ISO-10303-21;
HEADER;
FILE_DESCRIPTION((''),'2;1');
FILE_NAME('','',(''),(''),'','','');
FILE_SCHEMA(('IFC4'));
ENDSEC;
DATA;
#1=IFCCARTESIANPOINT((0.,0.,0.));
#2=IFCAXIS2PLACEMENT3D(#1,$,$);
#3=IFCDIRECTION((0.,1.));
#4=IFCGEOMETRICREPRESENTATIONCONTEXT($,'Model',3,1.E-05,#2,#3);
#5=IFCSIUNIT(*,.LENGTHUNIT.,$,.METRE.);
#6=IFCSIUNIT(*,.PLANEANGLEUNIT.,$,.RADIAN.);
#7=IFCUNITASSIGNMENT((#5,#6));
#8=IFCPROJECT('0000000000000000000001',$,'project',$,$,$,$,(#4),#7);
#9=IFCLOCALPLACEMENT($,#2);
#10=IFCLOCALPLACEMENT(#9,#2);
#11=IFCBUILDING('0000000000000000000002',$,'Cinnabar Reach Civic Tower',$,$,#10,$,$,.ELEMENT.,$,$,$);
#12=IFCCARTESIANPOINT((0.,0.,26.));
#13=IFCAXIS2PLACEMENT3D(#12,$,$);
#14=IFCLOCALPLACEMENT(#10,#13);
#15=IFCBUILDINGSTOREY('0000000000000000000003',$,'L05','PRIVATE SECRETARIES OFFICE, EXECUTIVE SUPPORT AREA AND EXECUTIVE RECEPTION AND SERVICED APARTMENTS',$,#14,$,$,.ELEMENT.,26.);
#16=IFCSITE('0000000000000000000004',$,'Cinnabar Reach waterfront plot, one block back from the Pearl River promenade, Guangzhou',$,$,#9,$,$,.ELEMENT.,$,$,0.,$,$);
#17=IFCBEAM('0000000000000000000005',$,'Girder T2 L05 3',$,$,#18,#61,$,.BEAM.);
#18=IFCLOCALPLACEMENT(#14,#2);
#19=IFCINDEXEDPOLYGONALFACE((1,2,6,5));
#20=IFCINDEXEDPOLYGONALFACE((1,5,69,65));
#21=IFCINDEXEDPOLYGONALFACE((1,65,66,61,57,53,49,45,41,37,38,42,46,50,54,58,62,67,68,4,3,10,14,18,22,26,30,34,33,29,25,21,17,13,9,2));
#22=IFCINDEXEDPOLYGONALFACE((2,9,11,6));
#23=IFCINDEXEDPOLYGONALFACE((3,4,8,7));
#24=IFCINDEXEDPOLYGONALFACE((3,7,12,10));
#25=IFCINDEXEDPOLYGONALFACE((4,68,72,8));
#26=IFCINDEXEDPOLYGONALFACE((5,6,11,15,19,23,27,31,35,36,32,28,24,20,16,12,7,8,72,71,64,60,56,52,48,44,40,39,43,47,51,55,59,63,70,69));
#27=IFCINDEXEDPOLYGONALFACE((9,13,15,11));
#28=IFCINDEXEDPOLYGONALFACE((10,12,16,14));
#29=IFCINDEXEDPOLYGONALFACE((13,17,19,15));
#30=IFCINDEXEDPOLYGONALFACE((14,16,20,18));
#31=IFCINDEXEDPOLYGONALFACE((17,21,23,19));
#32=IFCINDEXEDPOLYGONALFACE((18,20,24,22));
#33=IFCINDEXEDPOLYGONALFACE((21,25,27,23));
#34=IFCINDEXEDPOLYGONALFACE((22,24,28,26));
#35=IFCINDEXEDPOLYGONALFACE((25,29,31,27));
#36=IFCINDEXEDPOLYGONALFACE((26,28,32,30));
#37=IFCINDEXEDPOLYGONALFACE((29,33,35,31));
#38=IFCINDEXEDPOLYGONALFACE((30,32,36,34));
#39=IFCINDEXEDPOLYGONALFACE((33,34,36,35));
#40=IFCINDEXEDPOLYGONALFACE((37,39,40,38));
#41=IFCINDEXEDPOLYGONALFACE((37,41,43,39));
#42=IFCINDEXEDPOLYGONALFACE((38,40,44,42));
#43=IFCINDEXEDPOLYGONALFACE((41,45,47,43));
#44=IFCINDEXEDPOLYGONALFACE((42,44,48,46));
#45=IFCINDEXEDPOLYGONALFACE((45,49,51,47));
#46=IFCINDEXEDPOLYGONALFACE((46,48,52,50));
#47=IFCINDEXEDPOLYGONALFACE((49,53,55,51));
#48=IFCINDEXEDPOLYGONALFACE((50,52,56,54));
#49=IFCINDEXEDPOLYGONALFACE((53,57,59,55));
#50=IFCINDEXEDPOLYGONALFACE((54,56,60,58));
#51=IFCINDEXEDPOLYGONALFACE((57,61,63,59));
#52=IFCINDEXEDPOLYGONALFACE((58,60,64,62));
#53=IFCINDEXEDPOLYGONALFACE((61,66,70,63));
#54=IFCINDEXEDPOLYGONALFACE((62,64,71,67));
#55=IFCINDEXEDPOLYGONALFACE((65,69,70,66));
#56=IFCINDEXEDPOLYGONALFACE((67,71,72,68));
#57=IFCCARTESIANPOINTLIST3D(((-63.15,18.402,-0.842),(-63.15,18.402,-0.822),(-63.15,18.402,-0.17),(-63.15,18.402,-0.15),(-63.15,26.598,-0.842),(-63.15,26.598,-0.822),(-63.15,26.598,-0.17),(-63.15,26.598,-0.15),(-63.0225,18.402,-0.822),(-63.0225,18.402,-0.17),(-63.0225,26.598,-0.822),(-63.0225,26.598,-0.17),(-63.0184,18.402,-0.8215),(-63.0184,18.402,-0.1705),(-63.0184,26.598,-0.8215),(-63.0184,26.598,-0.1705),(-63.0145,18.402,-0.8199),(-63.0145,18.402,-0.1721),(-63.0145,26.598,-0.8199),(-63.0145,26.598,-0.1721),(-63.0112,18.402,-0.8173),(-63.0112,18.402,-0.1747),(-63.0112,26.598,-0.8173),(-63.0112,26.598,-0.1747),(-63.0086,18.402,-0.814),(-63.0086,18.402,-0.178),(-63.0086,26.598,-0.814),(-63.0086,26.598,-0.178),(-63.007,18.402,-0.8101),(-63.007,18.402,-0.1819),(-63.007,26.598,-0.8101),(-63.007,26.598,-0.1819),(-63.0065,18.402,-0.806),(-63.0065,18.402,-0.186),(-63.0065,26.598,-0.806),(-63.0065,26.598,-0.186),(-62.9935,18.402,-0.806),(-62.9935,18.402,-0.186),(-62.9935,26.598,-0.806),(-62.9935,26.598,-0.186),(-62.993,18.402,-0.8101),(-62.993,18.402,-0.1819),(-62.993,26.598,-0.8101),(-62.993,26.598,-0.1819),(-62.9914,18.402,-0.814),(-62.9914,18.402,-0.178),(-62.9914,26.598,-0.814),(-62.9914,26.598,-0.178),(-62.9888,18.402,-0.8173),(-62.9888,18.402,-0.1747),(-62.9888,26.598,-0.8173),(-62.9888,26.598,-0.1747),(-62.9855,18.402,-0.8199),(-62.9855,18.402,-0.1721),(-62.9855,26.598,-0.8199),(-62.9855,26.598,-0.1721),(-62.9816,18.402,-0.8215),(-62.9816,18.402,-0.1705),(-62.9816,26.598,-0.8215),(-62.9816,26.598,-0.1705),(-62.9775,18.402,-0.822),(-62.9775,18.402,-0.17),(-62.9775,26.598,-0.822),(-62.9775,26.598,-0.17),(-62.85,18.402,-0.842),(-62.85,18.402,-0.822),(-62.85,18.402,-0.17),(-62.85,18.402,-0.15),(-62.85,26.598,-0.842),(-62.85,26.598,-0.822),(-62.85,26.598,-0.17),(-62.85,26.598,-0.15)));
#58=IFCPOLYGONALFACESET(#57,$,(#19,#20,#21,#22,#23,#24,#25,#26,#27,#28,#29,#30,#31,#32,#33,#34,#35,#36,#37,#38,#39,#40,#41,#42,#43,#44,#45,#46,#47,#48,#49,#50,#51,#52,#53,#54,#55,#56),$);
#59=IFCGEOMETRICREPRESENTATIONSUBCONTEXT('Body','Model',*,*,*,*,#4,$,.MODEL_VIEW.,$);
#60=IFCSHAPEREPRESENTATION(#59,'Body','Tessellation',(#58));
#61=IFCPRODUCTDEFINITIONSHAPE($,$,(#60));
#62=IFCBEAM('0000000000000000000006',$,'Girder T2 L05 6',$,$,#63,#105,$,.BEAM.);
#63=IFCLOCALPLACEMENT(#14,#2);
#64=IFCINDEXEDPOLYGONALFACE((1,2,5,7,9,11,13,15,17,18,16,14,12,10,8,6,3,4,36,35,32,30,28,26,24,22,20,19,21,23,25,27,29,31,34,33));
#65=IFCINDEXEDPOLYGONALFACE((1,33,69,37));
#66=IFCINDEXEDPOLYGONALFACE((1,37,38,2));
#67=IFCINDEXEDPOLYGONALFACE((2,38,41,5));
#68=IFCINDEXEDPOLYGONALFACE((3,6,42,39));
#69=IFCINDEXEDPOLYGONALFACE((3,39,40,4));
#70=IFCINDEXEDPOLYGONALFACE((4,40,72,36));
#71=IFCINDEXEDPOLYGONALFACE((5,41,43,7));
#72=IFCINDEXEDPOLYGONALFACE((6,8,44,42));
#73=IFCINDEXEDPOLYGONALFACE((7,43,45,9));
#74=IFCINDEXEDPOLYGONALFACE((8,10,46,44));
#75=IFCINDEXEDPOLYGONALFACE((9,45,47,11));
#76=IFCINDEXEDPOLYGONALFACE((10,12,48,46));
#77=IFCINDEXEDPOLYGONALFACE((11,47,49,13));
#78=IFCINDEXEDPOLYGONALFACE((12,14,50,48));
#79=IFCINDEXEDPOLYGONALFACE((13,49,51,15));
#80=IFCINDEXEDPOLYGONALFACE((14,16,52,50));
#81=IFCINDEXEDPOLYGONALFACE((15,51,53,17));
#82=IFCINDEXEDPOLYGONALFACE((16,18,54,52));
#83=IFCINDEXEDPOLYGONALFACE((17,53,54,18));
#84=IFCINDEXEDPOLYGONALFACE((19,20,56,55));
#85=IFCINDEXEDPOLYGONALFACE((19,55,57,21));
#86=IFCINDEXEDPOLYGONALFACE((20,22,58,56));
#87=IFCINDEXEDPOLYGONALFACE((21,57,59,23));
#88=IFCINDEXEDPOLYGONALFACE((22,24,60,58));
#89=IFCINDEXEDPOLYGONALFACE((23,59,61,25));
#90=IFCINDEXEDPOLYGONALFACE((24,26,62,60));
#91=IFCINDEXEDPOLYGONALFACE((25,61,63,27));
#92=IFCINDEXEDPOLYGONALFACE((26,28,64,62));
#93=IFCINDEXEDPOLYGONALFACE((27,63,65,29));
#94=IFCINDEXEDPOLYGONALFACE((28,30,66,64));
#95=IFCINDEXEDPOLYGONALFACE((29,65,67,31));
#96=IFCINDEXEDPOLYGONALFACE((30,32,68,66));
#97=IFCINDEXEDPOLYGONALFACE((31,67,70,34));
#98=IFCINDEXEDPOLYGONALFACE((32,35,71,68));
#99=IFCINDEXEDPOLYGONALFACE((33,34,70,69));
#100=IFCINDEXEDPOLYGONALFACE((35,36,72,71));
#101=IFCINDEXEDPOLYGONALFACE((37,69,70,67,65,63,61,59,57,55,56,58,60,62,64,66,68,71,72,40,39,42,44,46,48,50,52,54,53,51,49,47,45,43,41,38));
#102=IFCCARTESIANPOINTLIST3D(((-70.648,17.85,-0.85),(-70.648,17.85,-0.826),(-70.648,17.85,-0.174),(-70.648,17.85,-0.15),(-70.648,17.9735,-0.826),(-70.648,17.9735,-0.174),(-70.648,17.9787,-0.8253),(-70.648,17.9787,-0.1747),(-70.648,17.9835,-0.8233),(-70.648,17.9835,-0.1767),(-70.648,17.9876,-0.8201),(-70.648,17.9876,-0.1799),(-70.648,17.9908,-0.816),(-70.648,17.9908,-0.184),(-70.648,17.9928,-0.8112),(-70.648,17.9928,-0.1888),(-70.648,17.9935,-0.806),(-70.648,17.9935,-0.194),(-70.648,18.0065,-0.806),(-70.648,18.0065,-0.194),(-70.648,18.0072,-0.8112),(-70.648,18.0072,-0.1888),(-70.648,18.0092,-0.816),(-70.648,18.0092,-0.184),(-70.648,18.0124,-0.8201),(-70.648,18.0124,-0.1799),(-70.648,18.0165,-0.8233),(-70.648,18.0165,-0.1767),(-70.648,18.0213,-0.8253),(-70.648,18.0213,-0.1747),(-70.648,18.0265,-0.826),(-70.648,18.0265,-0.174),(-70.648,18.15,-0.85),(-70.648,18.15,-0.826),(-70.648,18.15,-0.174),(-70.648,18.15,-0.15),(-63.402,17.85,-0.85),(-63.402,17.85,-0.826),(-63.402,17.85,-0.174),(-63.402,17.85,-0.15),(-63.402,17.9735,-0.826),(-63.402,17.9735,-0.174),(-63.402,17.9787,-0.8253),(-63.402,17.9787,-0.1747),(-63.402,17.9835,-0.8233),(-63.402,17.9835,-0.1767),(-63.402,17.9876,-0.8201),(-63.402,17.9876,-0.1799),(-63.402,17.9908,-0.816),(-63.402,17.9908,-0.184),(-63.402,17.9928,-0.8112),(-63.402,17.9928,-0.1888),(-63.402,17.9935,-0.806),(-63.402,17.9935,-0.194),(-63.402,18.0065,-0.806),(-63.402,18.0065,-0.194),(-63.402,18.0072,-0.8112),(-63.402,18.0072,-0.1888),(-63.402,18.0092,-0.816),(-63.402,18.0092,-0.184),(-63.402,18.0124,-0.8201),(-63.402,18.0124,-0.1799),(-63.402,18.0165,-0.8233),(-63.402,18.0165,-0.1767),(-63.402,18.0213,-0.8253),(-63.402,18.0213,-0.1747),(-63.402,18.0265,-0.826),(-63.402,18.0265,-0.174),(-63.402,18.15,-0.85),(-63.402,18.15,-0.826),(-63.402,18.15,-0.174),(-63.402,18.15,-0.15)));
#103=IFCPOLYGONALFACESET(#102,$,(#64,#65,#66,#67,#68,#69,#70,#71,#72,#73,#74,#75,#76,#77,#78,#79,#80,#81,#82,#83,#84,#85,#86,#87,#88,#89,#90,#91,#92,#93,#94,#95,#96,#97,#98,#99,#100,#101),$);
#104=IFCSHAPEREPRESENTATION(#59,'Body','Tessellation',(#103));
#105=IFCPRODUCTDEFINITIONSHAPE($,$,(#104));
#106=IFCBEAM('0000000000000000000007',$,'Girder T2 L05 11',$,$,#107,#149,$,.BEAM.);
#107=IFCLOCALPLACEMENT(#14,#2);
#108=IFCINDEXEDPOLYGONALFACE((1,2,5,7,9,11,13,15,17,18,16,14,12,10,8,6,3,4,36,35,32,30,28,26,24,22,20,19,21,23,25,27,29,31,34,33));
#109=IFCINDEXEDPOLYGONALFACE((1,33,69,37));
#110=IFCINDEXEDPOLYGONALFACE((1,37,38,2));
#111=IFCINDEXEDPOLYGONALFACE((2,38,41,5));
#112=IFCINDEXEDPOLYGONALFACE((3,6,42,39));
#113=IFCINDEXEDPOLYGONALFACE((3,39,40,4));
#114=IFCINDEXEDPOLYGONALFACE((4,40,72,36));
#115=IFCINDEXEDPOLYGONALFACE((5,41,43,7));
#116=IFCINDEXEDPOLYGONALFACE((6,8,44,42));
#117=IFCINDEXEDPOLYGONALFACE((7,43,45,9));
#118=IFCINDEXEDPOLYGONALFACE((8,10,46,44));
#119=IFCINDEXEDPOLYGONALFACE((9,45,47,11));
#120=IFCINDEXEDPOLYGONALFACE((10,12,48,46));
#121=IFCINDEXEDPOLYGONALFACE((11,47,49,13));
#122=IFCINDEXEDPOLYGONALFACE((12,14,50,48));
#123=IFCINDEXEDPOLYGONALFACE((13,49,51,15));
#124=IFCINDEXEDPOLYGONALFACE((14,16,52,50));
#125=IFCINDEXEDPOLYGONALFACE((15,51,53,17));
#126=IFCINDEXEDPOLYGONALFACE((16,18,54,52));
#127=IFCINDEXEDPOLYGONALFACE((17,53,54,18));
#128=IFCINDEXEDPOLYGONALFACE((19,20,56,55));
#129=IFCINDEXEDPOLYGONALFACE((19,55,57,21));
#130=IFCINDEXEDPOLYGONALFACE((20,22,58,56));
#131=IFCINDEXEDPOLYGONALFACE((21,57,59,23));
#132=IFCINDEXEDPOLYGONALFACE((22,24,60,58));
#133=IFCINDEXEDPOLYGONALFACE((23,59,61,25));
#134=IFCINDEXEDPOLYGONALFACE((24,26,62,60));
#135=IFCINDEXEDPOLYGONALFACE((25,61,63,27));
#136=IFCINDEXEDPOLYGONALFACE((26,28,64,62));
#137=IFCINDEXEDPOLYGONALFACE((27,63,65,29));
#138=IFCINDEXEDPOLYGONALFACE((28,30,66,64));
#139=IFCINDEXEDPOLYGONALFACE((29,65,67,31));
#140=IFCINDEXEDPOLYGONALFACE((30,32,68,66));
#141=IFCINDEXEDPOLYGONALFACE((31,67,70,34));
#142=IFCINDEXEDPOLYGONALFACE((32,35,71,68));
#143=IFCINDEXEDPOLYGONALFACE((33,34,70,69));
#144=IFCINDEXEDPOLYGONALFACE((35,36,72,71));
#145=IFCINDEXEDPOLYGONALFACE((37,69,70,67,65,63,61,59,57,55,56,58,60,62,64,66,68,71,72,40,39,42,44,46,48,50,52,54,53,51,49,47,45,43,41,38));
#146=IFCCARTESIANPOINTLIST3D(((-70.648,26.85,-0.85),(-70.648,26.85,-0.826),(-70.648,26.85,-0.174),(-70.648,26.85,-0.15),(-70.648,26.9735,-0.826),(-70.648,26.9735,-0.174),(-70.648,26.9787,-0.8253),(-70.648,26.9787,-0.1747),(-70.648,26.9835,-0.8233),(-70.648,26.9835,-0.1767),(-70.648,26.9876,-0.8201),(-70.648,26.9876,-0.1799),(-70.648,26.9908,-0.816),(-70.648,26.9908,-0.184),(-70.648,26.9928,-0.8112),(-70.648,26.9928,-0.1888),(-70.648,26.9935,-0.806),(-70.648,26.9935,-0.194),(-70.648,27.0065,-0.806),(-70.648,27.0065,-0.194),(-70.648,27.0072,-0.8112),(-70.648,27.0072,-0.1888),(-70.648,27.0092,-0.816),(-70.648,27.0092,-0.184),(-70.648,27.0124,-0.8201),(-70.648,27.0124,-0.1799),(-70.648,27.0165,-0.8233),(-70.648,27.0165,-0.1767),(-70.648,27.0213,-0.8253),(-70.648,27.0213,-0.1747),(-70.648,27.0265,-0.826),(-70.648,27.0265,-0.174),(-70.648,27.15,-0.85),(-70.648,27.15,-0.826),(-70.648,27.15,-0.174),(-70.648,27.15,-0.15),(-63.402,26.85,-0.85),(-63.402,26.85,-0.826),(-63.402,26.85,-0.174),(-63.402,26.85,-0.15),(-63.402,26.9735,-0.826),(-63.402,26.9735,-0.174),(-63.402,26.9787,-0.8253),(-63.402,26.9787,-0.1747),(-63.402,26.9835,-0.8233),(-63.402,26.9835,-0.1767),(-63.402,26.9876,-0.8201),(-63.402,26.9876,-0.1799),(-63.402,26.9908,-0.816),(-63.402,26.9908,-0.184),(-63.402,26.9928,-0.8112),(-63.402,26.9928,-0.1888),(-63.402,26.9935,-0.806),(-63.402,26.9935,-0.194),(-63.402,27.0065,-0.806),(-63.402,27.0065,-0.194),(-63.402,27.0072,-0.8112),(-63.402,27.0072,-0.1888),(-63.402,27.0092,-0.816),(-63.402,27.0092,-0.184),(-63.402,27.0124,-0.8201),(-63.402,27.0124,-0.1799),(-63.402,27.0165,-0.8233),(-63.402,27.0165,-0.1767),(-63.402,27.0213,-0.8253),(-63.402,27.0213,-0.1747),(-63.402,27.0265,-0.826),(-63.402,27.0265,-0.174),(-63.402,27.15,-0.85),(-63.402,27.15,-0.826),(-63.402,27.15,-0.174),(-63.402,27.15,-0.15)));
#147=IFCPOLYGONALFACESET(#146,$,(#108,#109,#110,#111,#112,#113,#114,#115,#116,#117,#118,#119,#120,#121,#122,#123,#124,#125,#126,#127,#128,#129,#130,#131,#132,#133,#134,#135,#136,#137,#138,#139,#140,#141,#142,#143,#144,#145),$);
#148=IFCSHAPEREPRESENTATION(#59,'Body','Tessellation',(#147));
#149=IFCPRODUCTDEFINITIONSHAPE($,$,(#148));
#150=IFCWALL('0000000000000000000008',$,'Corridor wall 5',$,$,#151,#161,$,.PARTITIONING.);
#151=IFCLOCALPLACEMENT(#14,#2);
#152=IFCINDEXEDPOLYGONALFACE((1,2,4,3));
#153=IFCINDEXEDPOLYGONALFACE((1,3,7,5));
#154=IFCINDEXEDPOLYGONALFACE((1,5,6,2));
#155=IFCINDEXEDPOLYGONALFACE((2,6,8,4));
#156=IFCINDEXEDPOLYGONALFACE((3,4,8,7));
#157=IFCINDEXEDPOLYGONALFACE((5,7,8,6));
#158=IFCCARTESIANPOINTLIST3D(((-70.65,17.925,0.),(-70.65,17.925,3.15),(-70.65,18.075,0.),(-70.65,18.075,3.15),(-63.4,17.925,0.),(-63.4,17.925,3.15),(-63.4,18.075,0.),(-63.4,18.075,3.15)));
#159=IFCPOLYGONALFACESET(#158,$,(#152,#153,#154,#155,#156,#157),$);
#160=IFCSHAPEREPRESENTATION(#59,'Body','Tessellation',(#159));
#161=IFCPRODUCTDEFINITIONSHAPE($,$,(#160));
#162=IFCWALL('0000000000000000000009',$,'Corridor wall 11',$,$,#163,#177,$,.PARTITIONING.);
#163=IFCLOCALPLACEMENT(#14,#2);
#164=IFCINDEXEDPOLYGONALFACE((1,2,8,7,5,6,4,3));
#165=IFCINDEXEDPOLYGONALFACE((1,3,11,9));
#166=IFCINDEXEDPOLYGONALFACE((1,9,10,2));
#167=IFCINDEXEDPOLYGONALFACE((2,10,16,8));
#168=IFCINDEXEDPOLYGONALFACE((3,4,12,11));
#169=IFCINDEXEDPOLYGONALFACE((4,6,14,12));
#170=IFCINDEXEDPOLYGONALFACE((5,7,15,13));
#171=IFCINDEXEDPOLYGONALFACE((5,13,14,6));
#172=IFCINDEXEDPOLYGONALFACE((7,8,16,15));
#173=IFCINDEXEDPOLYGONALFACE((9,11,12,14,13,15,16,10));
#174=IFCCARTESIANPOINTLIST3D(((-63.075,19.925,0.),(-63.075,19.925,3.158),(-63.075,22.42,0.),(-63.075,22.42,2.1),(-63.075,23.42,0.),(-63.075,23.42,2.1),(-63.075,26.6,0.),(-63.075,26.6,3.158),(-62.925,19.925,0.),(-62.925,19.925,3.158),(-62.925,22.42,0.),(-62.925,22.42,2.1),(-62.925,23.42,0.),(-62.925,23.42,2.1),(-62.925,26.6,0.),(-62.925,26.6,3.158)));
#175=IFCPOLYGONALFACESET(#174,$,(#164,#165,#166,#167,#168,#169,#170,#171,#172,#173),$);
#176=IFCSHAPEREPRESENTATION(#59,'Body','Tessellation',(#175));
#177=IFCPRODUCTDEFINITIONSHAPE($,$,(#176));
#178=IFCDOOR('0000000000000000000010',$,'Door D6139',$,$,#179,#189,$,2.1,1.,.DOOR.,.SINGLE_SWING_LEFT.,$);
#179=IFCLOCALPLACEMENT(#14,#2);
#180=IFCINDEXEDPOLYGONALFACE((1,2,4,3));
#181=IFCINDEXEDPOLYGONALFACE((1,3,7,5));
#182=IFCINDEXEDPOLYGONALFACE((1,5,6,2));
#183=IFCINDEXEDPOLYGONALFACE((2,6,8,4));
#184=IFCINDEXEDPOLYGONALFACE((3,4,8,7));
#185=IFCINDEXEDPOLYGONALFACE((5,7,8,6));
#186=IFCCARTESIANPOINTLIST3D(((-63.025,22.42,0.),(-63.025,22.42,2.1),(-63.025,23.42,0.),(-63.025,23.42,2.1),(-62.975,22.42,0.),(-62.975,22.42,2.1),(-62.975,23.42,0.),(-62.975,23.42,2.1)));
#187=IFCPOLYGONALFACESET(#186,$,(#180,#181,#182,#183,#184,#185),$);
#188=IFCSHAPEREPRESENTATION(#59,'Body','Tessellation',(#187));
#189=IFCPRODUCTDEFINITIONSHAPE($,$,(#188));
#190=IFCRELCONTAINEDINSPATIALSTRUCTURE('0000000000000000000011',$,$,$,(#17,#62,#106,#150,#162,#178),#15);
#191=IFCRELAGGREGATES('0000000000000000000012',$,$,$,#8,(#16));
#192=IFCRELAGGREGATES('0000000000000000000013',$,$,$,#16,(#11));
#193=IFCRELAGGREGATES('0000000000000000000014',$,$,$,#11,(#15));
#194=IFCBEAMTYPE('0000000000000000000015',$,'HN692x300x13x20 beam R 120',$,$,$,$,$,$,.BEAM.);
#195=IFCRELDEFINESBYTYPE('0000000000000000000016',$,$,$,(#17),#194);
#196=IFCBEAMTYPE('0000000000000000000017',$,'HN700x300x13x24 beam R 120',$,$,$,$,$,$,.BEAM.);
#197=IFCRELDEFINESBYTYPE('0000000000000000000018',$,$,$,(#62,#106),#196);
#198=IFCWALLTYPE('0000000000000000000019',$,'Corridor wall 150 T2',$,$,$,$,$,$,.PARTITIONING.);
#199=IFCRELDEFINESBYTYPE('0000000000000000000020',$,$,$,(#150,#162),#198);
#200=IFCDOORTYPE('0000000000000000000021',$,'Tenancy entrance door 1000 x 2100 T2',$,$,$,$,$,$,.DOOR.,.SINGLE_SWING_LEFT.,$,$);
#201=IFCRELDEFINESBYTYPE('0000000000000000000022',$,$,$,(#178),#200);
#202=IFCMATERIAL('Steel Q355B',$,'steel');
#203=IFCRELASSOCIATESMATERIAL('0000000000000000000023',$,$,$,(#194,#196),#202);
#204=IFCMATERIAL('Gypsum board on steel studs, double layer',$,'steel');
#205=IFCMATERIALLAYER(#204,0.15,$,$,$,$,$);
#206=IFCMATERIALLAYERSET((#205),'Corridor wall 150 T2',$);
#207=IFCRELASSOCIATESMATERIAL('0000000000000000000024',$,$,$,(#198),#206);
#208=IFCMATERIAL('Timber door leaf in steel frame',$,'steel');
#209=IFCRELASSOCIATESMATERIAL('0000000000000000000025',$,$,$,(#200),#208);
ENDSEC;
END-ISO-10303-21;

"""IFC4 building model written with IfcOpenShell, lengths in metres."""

from ifc_helpers import new_model, si_unit, direction, frame, frame_2d, origin, origin_2d, place, context, subcontext, project, spatial, rectangle, i_section, extrude, material, layer, layer_set, material_profile, profile_set, type_object, element, fill, save


model = new_model("IFC4")

# Units and contexts
model_context = context("Model", 3, precision=1e-05, world=origin(), true_north=direction((0.0, 1.0)))
body_context = subcontext(model_context, "Body", "Model", "MODEL_VIEW")
ifc_project = project(units=[si_unit("LENGTHUNIT", "METRE"), si_unit("PLANEANGLEUNIT", "RADIAN")], contexts=[model_context])

# Site, building, storey
site_placement = place(None, origin())
site = spatial("IfcSite", under=ifc_project, at=site_placement, Name="Cinnabar Reach waterfront plot, one block back from the Pearl River promenade, Guangzhou", CompositionType="ELEMENT", RefElevation=0.0)
building_placement = place(site_placement, origin())
building = spatial("IfcBuilding", under=site, at=building_placement, Name="Cinnabar Reach Civic Tower", CompositionType="ELEMENT")
storey_placement = place(building_placement, frame((0.0, 0.0, 26.0)))
storey = spatial("IfcBuildingStorey", under=building, at=storey_placement, Name="L05", Description="PRIVATE SECRETARIES OFFICE, EXECUTIVE SUPPORT AREA AND EXECUTIVE RECEPTION AND SERVICED APARTMENTS", CompositionType="ELEMENT", Elevation=26.0)

# Beams
ifc_material_1 = material(Name="Steel Q355B", Category="steel")
ifc_material_profile_1 = material_profile(ifc_material_1, i_section(OverallWidth=0.3, OverallDepth=0.692, WebThickness=0.013, FlangeThickness=0.02, FilletRadius=0.016, at=origin_2d()), Name="HN692x300x13x20")
ifc_profile_set_1 = profile_set([ifc_material_profile_1], Name="Steel Q355B")
beam_type_1 = type_object("IfcBeamType", Name="HN692x300x13x20 beam R 120", PredefinedType="BEAM", material=ifc_profile_set_1)
beam_1_placement = place(storey_placement, frame((-63.0, 18.402, -0.496), z_axis=(0.0, 1.0, 0.0), x_axis=(-1.0, 0.0, 0.0)))
element("IfcBeam", 1, at=beam_1_placement, inside=storey, type_object=beam_type_1, Name="Girder T2 L05 3", PredefinedType="BEAM", context=body_context, shape_type="SweptSolid", body=[
    extrude(i_section(OverallWidth=0.3, OverallDepth=0.692, WebThickness=0.013, FlangeThickness=0.02, FilletRadius=0.016, at=origin_2d()), origin(), (0.0, 0.0, 1.0), 8.196),
])
ifc_material_profile_2 = material_profile(ifc_material_1, i_section(OverallWidth=0.3, OverallDepth=0.7, WebThickness=0.013, FlangeThickness=0.024, FilletRadius=0.02, at=origin_2d()), Name="HN700x300x13x24")
ifc_profile_set_2 = profile_set([ifc_material_profile_2], Name="Steel Q355B")
beam_type_2 = type_object("IfcBeamType", Name="HN700x300x13x24 beam R 120", PredefinedType="BEAM", material=ifc_profile_set_2)
for number, where, z_axis, x_axis, name in (
    (2, (-70.648, 18.0, -0.5), (1.0, 0.0, 0.0), (0.0, 1.0, 0.0), "Girder T2 L05 6"),
    (3, (-70.648, 27.0, -0.5), (1.0, 0.0, 0.0), (0.0, 1.0, 0.0), "Girder T2 L05 11"),
):
    element("IfcBeam", number, at=place(storey_placement, frame(where, z_axis=z_axis, x_axis=x_axis)), inside=storey, type_object=beam_type_2, Name=name, PredefinedType="BEAM", context=body_context, shape_type="SweptSolid", body=[
        extrude(i_section(OverallWidth=0.3, OverallDepth=0.7, WebThickness=0.013, FlangeThickness=0.024, FilletRadius=0.02, at=origin_2d()), origin(), (0.0, 0.0, 1.0), 7.246),
    ])

# Wall
ifc_material_2 = material(Name="Gypsum board on steel studs, double layer", Category="steel")
ifc_layer_1 = layer(ifc_material_2, 0.15)
ifc_layer_set_1 = layer_set([ifc_layer_1], Name="Corridor wall 150 T2")
wall_type_1 = type_object("IfcWallType", Name="Corridor wall 150 T2", PredefinedType="PARTITIONING", material=ifc_layer_set_1)
wall_1_placement = place(storey_placement, frame((-70.65, 18.0, 0.0), z_axis=(0.0, 0.0, 1.0), x_axis=(1.0, 0.0, 0.0)))
element("IfcWall", 4, at=wall_1_placement, inside=storey, type_object=wall_type_1, Name="Corridor wall 5", PredefinedType="PARTITIONING", context=body_context, shape_type="SweptSolid", body=[
    extrude(rectangle(XDim=7.25, YDim=0.15, at=frame_2d((3.625, 0.0))), origin(), (0.0, 0.0, 1.0), 3.15),
])

# Wall, opening, door
wall_2_placement = place(storey_placement, frame((-63.0, 19.925, 0.0), z_axis=(0.0, 0.0, 1.0), x_axis=(0.0, 1.0, 0.0)))
wall_2 = element("IfcWall", 5, at=wall_2_placement, inside=storey, type_object=wall_type_1, Name="Corridor wall 11", PredefinedType="PARTITIONING", context=body_context, shape_type="SweptSolid", body=[
    extrude(rectangle(XDim=6.675, YDim=0.15, at=frame_2d((3.3375, 0.0))), origin(), (0.0, 0.0, 1.0), 3.158),
])
opening_1_placement = place(wall_2_placement, frame((2.495, 0.0, 0.0)))
opening_1 = element("IfcOpeningElement", 6, at=opening_1_placement, cuts=wall_2, PredefinedType="OPENING", context=body_context, shape_type="SweptSolid", body=[
    extrude(rectangle(XDim=1.0, YDim=2.1, at=frame_2d((0.5, 1.05))), frame((0.0, 0.085, 0.0), z_axis=(0.0, -1.0, 0.0), x_axis=(1.0, 0.0, 0.0)), (0.0, 0.0, 1.0), 0.17),
])
ifc_material_3 = material(Name="Timber door leaf in steel frame", Category="steel")
door_type_1 = type_object("IfcDoorType", Name="Tenancy entrance door 1000 x 2100 T2", OperationType="SINGLE_SWING_LEFT", PredefinedType="DOOR", material=ifc_material_3)
door_1_placement = place(opening_1_placement, origin())
door_1 = element("IfcDoor", 7, at=door_1_placement, inside=storey, type_object=door_type_1, Name="Door D6139", OperationType="SINGLE_SWING_LEFT", OverallHeight=2.1, OverallWidth=1.0, PredefinedType="DOOR", context=body_context, shape_type="SweptSolid", body=[
    extrude(rectangle(XDim=1.0, YDim=2.1, at=frame_2d((0.5, 1.05))), frame((0.0, 0.025, 0.0), z_axis=(0.0, -1.0, 0.0), x_axis=(1.0, 0.0, 0.0)), (0.0, 0.0, 1.0), 0.05),
])
fill(opening_1, door_1)

save(model, "model.ifc")
